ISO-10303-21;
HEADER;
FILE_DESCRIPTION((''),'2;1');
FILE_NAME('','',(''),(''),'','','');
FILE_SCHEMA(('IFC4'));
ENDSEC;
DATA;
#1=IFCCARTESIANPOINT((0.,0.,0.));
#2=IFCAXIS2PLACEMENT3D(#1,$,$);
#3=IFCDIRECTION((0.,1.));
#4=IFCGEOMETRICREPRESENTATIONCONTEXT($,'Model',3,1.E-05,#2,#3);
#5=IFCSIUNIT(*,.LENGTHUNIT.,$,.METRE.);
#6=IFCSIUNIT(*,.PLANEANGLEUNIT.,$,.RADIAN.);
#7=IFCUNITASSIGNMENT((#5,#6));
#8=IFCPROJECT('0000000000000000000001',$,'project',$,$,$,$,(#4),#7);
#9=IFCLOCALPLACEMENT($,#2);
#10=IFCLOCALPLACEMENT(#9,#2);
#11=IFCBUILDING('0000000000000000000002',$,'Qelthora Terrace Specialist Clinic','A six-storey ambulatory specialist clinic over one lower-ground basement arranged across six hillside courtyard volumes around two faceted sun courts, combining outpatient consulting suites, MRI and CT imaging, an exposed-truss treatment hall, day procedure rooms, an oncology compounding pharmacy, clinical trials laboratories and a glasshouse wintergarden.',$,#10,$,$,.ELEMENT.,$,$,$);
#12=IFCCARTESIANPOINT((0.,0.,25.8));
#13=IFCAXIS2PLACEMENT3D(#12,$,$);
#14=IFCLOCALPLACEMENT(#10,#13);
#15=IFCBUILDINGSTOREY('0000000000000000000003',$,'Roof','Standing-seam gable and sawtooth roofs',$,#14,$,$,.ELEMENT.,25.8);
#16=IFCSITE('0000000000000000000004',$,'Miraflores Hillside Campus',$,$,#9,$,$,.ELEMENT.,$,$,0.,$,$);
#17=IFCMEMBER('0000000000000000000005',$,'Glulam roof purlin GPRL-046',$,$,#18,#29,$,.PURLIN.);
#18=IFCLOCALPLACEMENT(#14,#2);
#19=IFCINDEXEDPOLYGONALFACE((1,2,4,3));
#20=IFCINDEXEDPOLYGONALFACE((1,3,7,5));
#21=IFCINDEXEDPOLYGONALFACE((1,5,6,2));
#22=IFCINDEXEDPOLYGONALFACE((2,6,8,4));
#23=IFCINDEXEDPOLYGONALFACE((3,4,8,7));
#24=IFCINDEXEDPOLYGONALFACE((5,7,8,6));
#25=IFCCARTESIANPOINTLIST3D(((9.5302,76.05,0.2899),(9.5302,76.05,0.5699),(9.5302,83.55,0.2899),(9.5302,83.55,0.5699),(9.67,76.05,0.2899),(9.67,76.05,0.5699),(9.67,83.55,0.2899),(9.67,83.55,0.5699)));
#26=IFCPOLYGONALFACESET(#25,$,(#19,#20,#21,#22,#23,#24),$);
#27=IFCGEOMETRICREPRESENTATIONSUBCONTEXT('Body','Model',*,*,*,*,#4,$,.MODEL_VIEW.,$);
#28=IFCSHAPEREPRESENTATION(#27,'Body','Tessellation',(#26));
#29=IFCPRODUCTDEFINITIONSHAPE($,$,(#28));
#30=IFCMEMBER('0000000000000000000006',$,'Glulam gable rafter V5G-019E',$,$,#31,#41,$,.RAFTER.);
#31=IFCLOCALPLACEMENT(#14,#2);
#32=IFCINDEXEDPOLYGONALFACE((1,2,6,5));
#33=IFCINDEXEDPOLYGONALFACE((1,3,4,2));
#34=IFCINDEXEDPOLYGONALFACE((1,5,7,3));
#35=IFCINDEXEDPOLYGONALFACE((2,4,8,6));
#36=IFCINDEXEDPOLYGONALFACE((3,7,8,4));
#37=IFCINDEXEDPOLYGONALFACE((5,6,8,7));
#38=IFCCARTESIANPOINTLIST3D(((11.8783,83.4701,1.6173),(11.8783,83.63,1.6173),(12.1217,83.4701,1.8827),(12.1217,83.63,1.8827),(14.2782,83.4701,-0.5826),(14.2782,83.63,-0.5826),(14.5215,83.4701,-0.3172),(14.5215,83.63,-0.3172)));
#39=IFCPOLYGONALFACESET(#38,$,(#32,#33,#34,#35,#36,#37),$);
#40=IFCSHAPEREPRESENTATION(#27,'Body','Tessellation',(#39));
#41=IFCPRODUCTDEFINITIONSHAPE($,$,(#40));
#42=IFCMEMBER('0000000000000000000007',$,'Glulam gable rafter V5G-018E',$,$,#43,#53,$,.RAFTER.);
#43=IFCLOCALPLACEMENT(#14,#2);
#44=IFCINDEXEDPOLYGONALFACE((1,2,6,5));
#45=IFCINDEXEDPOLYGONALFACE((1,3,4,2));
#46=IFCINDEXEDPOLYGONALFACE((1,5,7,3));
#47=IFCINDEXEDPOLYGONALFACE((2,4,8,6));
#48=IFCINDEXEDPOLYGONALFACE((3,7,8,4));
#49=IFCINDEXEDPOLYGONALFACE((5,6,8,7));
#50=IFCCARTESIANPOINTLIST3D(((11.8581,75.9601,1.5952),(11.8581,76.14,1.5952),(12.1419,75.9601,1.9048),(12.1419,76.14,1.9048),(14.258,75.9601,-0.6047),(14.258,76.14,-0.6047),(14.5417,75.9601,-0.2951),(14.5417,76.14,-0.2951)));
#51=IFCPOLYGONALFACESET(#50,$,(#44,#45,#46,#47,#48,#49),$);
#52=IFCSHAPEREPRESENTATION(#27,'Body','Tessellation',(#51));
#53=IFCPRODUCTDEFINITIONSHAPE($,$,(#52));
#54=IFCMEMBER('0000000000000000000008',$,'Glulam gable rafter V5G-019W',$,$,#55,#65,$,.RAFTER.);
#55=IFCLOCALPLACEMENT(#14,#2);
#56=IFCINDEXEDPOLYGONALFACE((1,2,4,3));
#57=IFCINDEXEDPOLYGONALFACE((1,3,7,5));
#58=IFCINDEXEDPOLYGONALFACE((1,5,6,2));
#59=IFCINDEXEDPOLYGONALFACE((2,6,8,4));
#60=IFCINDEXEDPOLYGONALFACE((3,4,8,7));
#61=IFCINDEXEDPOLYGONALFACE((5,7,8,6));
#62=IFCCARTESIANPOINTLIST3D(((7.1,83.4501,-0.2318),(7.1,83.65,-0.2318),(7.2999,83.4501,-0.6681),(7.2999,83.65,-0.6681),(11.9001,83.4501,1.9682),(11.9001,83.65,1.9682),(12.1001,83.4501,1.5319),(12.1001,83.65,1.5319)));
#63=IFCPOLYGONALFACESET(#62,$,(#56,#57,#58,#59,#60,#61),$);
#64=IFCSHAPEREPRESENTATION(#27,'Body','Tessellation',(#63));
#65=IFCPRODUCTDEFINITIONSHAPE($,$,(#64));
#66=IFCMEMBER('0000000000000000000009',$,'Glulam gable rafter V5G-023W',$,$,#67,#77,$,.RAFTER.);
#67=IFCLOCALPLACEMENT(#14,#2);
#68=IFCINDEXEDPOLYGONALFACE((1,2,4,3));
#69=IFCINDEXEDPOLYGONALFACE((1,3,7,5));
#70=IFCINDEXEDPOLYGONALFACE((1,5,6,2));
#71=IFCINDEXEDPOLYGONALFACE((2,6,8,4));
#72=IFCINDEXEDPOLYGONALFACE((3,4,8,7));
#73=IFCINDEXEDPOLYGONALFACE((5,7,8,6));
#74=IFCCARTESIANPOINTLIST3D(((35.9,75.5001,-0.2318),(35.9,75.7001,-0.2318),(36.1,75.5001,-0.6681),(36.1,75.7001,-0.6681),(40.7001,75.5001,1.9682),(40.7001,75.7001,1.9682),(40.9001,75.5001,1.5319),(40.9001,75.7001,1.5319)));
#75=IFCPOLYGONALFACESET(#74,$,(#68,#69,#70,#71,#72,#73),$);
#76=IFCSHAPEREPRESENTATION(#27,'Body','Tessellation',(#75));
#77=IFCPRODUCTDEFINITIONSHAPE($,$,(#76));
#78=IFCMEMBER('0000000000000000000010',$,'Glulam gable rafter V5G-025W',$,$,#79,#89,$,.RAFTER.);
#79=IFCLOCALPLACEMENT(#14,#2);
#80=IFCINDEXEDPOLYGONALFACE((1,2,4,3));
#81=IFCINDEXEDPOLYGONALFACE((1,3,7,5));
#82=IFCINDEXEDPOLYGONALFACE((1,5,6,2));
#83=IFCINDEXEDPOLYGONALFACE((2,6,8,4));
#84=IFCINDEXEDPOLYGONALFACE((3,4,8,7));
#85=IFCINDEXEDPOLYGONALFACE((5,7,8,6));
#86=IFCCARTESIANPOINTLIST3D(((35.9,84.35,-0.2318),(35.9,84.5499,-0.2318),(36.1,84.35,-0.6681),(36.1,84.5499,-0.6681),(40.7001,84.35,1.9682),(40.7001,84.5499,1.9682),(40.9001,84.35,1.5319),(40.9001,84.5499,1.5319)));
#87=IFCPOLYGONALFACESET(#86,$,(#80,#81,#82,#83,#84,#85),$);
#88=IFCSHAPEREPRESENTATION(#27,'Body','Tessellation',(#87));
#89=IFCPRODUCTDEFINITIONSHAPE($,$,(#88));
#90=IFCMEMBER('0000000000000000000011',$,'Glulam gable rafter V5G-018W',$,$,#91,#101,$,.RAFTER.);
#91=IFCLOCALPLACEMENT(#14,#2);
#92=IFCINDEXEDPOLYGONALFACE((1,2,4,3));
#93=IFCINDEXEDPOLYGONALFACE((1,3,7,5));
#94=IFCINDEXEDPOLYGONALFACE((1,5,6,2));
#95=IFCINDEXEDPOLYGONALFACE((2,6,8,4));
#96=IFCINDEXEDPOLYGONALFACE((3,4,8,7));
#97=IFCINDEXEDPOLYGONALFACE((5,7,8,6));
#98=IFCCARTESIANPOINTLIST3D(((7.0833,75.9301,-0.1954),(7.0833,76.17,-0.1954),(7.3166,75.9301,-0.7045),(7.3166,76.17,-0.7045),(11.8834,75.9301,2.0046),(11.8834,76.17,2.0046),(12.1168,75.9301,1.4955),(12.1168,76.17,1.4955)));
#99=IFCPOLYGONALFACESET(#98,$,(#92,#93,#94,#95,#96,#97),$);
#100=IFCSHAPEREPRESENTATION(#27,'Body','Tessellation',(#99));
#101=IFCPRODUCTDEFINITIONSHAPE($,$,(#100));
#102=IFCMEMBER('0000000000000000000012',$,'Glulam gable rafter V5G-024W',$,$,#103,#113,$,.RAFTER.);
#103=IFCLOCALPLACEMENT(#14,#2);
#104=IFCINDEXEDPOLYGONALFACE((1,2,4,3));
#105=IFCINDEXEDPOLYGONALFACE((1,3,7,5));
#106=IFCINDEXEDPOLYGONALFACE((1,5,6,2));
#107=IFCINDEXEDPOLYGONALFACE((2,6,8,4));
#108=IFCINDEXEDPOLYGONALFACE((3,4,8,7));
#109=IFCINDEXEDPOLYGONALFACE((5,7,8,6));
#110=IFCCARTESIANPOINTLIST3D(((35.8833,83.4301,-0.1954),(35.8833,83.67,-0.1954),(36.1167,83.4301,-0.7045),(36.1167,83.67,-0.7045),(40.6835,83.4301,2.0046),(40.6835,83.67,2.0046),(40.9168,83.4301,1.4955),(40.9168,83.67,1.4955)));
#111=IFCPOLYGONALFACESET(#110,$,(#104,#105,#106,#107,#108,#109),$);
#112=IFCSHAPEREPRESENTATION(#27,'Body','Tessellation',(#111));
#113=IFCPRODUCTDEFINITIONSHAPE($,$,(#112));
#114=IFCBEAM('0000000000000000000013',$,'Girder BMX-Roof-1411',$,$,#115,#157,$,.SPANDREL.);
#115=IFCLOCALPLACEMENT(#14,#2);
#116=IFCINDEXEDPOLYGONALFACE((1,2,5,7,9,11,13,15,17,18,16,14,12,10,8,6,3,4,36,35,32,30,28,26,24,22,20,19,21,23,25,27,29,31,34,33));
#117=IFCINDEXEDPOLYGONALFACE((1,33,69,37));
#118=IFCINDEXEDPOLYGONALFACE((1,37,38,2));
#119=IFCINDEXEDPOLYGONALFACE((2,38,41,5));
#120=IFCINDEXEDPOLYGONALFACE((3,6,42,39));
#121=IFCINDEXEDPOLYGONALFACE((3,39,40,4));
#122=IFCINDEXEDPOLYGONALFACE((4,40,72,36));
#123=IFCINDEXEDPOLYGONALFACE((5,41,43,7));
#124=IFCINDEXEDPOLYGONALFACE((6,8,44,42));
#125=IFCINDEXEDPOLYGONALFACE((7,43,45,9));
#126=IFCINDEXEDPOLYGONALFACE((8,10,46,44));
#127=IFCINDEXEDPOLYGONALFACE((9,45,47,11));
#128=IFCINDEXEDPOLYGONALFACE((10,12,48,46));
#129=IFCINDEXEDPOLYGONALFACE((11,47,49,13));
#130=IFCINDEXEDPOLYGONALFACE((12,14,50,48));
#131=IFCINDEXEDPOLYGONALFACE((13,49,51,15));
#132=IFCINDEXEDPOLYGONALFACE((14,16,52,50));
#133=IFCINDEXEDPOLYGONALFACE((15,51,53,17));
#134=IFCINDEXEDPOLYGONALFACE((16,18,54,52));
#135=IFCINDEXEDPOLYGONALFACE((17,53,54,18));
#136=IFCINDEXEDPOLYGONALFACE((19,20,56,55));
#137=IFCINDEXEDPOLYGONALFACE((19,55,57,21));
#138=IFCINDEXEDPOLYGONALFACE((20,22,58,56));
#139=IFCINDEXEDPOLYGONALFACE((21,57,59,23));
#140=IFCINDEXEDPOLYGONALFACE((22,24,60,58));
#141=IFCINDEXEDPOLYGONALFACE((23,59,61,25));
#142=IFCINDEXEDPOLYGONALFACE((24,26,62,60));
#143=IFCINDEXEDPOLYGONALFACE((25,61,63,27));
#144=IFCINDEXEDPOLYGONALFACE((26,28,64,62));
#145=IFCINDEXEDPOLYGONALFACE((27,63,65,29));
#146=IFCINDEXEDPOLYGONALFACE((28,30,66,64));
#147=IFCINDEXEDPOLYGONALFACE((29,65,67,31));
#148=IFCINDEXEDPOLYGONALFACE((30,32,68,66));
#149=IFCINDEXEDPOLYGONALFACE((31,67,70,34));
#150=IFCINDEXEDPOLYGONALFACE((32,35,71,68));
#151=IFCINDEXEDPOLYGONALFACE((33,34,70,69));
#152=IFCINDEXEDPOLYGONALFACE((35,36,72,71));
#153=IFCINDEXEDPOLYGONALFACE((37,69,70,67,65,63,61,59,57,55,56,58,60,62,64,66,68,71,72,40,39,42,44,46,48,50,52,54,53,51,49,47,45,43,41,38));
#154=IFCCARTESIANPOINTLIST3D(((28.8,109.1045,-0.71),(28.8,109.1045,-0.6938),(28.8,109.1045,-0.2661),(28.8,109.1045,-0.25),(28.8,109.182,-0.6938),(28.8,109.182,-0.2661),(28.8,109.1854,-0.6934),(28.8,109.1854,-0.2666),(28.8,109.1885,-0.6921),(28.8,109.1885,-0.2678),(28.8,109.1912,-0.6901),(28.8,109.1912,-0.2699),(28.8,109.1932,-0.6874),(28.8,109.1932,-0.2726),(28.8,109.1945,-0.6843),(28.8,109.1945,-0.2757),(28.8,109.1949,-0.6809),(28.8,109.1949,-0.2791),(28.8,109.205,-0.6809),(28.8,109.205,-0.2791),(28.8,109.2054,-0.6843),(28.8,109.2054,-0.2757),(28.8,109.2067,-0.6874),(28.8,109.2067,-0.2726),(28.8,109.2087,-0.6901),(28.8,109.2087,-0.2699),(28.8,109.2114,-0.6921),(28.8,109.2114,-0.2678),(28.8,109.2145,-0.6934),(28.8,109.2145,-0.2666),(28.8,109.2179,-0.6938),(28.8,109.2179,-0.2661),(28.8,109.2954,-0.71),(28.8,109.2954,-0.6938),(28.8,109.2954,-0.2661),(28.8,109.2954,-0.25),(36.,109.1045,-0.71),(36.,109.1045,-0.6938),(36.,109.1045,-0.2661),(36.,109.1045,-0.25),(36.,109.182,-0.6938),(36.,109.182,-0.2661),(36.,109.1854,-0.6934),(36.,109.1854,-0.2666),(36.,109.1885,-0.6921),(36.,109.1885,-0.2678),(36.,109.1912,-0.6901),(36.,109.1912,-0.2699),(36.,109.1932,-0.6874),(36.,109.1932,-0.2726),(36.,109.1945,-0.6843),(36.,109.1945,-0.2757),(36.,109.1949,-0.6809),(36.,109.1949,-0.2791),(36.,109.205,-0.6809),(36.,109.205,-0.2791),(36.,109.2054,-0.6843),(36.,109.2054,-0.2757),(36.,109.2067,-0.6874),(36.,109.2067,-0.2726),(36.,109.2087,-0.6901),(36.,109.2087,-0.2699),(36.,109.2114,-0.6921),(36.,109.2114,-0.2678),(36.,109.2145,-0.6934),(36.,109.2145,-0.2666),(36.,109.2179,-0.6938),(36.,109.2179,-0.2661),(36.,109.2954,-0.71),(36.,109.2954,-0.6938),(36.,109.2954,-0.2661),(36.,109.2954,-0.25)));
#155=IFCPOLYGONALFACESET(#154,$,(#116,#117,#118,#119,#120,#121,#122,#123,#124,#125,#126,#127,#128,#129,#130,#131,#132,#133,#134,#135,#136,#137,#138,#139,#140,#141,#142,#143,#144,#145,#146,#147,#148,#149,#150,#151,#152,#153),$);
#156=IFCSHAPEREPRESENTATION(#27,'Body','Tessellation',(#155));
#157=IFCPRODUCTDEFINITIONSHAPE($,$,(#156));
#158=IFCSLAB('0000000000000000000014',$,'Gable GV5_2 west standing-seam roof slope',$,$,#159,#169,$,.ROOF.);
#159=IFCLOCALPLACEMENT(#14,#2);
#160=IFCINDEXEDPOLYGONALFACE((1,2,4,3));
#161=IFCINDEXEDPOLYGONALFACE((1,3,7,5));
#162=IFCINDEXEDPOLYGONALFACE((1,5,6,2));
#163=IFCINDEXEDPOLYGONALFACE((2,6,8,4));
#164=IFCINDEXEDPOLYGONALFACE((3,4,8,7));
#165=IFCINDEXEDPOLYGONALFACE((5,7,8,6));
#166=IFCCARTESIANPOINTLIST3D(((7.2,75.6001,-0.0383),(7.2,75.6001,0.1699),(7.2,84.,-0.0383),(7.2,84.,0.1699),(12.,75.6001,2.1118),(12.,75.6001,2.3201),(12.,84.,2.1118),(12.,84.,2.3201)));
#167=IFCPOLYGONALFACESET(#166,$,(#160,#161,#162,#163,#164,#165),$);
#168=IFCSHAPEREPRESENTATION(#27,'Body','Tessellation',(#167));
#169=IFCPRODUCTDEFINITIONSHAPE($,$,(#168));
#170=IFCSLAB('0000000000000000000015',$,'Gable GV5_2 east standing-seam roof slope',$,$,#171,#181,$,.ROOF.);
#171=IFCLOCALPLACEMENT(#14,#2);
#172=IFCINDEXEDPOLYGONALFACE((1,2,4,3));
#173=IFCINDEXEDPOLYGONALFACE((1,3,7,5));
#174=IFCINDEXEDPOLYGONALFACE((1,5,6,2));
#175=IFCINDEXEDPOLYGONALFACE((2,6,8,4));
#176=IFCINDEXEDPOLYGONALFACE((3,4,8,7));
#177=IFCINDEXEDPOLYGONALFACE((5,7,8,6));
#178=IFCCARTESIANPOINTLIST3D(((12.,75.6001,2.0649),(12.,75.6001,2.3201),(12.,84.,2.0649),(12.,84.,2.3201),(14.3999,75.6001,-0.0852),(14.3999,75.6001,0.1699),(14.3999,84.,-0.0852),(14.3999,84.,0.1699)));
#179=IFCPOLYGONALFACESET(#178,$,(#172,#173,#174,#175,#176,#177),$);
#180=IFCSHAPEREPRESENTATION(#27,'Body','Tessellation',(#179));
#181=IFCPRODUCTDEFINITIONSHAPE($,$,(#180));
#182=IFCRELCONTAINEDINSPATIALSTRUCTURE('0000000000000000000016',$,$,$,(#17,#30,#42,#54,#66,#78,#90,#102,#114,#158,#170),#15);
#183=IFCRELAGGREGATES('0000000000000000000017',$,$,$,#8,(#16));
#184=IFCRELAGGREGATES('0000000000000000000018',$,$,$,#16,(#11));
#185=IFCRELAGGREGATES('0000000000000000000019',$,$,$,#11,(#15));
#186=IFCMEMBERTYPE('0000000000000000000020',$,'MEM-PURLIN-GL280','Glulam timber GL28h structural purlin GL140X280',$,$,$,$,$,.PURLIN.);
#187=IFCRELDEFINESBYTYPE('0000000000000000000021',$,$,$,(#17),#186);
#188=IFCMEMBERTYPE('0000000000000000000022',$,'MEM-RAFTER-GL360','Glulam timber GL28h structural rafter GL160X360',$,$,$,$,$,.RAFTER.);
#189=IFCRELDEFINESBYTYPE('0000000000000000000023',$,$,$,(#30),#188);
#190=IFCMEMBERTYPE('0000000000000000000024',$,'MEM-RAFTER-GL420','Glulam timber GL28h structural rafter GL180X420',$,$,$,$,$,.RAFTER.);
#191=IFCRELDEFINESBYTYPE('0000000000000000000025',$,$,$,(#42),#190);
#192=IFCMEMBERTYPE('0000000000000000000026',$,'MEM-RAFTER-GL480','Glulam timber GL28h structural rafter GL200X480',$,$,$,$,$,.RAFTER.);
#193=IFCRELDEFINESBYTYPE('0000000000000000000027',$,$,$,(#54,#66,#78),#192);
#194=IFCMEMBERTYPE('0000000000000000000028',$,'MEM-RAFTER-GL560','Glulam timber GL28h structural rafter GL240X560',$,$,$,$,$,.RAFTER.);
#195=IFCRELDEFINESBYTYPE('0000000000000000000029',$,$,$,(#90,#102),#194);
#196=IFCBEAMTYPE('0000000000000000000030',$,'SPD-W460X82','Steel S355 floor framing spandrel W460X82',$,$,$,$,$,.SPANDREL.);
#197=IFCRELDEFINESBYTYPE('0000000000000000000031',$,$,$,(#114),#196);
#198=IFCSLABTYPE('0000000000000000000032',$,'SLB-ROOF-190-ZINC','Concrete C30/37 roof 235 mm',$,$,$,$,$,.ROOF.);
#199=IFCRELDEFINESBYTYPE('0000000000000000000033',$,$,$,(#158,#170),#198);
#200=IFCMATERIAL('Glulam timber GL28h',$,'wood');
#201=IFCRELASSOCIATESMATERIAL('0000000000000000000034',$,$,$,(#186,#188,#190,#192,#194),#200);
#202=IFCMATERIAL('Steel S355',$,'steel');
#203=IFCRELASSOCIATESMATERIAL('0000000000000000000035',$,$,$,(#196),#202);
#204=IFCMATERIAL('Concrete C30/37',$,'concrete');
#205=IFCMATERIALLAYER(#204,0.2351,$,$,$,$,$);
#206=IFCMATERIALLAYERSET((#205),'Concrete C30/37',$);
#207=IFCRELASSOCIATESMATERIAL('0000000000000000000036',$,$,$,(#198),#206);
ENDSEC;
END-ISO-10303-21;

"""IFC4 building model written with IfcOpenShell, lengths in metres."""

from ifc_helpers import new_model, si_unit, direction, frame, origin, origin_2d, place, context, subcontext, project, spatial, polyline, rectangle, i_section, outline, extrude, material, layer, layer_set, material_profile, profile_set, type_object, element, save


model = new_model("IFC4")

# Units and contexts
model_context = context("Model", 3, precision=1e-05, world=origin(), true_north=direction((0.0, 1.0)))
body_context = subcontext(model_context, "Body", "Model", "MODEL_VIEW")
ifc_project = project(units=[si_unit("LENGTHUNIT", "METRE"), si_unit("PLANEANGLEUNIT", "RADIAN")], contexts=[model_context])

# Site, building, storey
site_placement = place(None, origin())
site = spatial("IfcSite", under=ifc_project, at=site_placement, Name="Miraflores Hillside Campus", CompositionType="ELEMENT", RefElevation=0.0)
building_placement = place(site_placement, origin())
building = spatial("IfcBuilding", under=site, at=building_placement, Name="Qelthora Terrace Specialist Clinic", Description="A six-storey ambulatory specialist clinic over one lower-ground basement arranged across six hillside courtyard volumes around two faceted sun courts, combining outpatient consulting suites, MRI and CT imaging, an exposed-truss treatment hall, day procedure rooms, an oncology compounding pharmacy, clinical trials laboratories and a glasshouse wintergarden.", CompositionType="ELEMENT")
storey_placement = place(building_placement, frame((0.0, 0.0, 25.8)))
storey = spatial("IfcBuildingStorey", under=building, at=storey_placement, Name="Roof", Description="Standing-seam gable and sawtooth roofs", CompositionType="ELEMENT", Elevation=25.8)

# Shared definitions
ifc_material_1 = material(Name="Steel S355", Category="steel")

# Members
ifc_material_2 = material(Name="Glulam timber GL28h", Category="wood")
ifc_material_profile_1 = material_profile(ifc_material_2, rectangle(XDim=0.1399, YDim=0.28, at=origin_2d()), Name="GL140X280")
ifc_profile_set_1 = profile_set([ifc_material_profile_1], Name="Glulam timber GL28h")
member_type_1 = type_object("IfcMemberType", Name="MEM-PURLIN-GL280", Description="Glulam timber GL28h structural purlin GL140X280", PredefinedType="PURLIN", material=ifc_profile_set_1)
for number, where, z_axis, x_axis, name in (
    (1, (9.6001, 76.05, 0.4299), (0.0, 1.0, 0.0), (-1.0, 0.0, 0.0), "Glulam roof purlin GPRL-046"),
):
    element("IfcMember", number, at=place(storey_placement, frame(where, z_axis=z_axis, x_axis=x_axis)), inside=storey, type_object=member_type_1, Name=name, PredefinedType="PURLIN", context=body_context, shape_type="SweptSolid", body=[
        extrude(rectangle(XDim=0.1399, YDim=0.28, at=origin_2d()), origin(), (0.0, 0.0, 1.0), 7.5),
    ])
ifc_material_profile_2 = material_profile(ifc_material_2, rectangle(XDim=0.1599, YDim=0.3601, at=origin_2d()), Name="GL160X360")
ifc_profile_set_2 = profile_set([ifc_material_profile_2], Name="Glulam timber GL28h")
member_type_2 = type_object("IfcMemberType", Name="MEM-RAFTER-GL360", Description="Glulam timber GL28h structural rafter GL160X360", PredefinedType="RAFTER", material=ifc_profile_set_2)
member_1_placement = place(storey_placement, frame((12.0, 83.55, 1.75), z_axis=(0.737148, 0.0, -0.675731), x_axis=(0.0, 1.0, 0.0)))
element("IfcMember", 2, at=member_1_placement, inside=storey, type_object=member_type_2, Name="Glulam gable rafter V5G-019E", PredefinedType="RAFTER", context=body_context, shape_type="SweptSolid", body=[
    extrude(rectangle(XDim=0.1599, YDim=0.3601, at=origin_2d()), origin(), (0.0, 0.0, 1.0), 3.2556),
])
ifc_material_profile_3 = material_profile(ifc_material_2, rectangle(XDim=0.1799, YDim=0.4199, at=origin_2d()), Name="GL180X420")
ifc_profile_set_3 = profile_set([ifc_material_profile_3], Name="Glulam timber GL28h")
member_type_3 = type_object("IfcMemberType", Name="MEM-RAFTER-GL420", Description="Glulam timber GL28h structural rafter GL180X420", PredefinedType="RAFTER", material=ifc_profile_set_3)
member_2_placement = place(storey_placement, frame((12.0, 76.05, 1.75), z_axis=(0.737148, 0.0, -0.675731), x_axis=(0.0, 1.0, 0.0)))
element("IfcMember", 3, at=member_2_placement, inside=storey, type_object=member_type_3, Name="Glulam gable rafter V5G-018E", PredefinedType="RAFTER", context=body_context, shape_type="SweptSolid", body=[
    extrude(rectangle(XDim=0.1799, YDim=0.4199, at=origin_2d()), origin(), (0.0, 0.0, 1.0), 3.2556),
])
ifc_material_profile_4 = material_profile(ifc_material_2, rectangle(XDim=0.2, YDim=0.48, at=origin_2d()), Name="GL200X480")
ifc_profile_set_4 = profile_set([ifc_material_profile_4], Name="Glulam timber GL28h")
member_type_4 = type_object("IfcMemberType", Name="MEM-RAFTER-GL480", Description="Glulam timber GL28h structural rafter GL200X480", PredefinedType="RAFTER", material=ifc_profile_set_4)
for number, where, z_axis, x_axis, name in (
    (4, (7.2, 83.55, -0.45), (0.90907, 0.0, 0.416644), (0.0, 1.0, 0.0), "Glulam gable rafter V5G-019W"),
    (5, (36.0, 75.6001, -0.45), (0.90907, 0.0, 0.416644), (0.0, 1.0, 0.0), "Glulam gable rafter V5G-023W"),
    (6, (36.0, 84.45, -0.45), (0.90907, 0.0, 0.416644), (0.0, 1.0, 0.0), "Glulam gable rafter V5G-025W"),
):
    element("IfcMember", number, at=place(storey_placement, frame(where, z_axis=z_axis, x_axis=x_axis)), inside=storey, type_object=member_type_4, Name=name, PredefinedType="RAFTER", context=body_context, shape_type="SweptSolid", body=[
        extrude(rectangle(XDim=0.2, YDim=0.48, at=origin_2d()), origin(), (0.0, 0.0, 1.0), 5.2803),
    ])
ifc_material_profile_5 = material_profile(ifc_material_2, rectangle(XDim=0.24, YDim=0.5601, at=origin_2d()), Name="GL240X560")
ifc_profile_set_5 = profile_set([ifc_material_profile_5], Name="Glulam timber GL28h")
member_type_5 = type_object("IfcMemberType", Name="MEM-RAFTER-GL560", Description="Glulam timber GL28h structural rafter GL240X560", PredefinedType="RAFTER", material=ifc_profile_set_5)
for number, where, z_axis, x_axis, name in (
    (7, (7.2, 76.05, -0.45), (0.90907, 0.0, 0.416644), (0.0, 1.0, 0.0), "Glulam gable rafter V5G-018W"),
    (8, (36.0, 83.55, -0.45), (0.90907, 0.0, 0.416644), (0.0, 1.0, 0.0), "Glulam gable rafter V5G-024W"),
):
    element("IfcMember", number, at=place(storey_placement, frame(where, z_axis=z_axis, x_axis=x_axis)), inside=storey, type_object=member_type_5, Name=name, PredefinedType="RAFTER", context=body_context, shape_type="SweptSolid", body=[
        extrude(rectangle(XDim=0.24, YDim=0.5601, at=origin_2d()), origin(), (0.0, 0.0, 1.0), 5.2803),
    ])

# Beam
ifc_material_profile_6 = material_profile(ifc_material_1, i_section(OverallWidth=0.1909, OverallDepth=0.46, WebThickness=0.01, FlangeThickness=0.0161, FilletRadius=0.0129, at=origin_2d()), Name="W460X82")
ifc_profile_set_6 = profile_set([ifc_material_profile_6], Name="Steel S355")
beam_type_1 = type_object("IfcBeamType", Name="SPD-W460X82", Description="Steel S355 floor framing spandrel W460X82", PredefinedType="SPANDREL", material=ifc_profile_set_6)
beam_1_placement = place(storey_placement, frame((28.8, 109.2, -0.48), z_axis=(1.0, 0.0, 0.0), x_axis=(0.0, 1.0, 0.0)))
element("IfcBeam", 9, at=beam_1_placement, inside=storey, type_object=beam_type_1, Name="Girder BMX-Roof-1411", PredefinedType="SPANDREL", context=body_context, shape_type="SweptSolid", body=[
    extrude(i_section(OverallWidth=0.1909, OverallDepth=0.46, WebThickness=0.01, FlangeThickness=0.0161, FilletRadius=0.0129, at=origin_2d()), origin(), (0.0, 0.0, 1.0), 7.2),
])

# Slabs
ifc_material_3 = material(Name="Concrete C30/37", Category="concrete")
ifc_layer_1 = layer(ifc_material_3, 0.2351)
ifc_layer_set_1 = layer_set([ifc_layer_1], Name="Concrete C30/37")
slab_type = type_object("IfcSlabType", Name="SLB-ROOF-190-ZINC", Description="Concrete C30/37 roof 235 mm", PredefinedType="ROOF", material=ifc_layer_set_1)
slab_1_placement = place(storey_placement, frame((7.2, 75.6001, -0.0383), z_axis=(-0.408803, 0.0, 0.912623), x_axis=(0.912623, 0.0, 0.408803)))
element("IfcSlab", 10, at=slab_1_placement, inside=storey, type_object=slab_type, Name="Gable GV5_2 west standing-seam roof slope", PredefinedType="ROOF", context=body_context, shape_type="SweptSolid", body=[
    extrude(outline(polyline([(0.0, 0.0), (5.2596, 0.0), (5.2596, 8.3999), (0.0, 8.3999), (0.0, 0.0)])), origin(), (0.408803, 0.0, 0.912623), 0.2083),
])
slab_2_placement = place(storey_placement, frame((12.0, 75.6001, 2.0649), z_axis=(0.667289, 0.0, 0.744799), x_axis=(0.744799, 0.0, -0.667289)))
element("IfcSlab", 11, at=slab_2_placement, inside=storey, type_object=slab_type, Name="Gable GV5_2 east standing-seam roof slope", PredefinedType="ROOF", context=body_context, shape_type="SweptSolid", body=[
    extrude(outline(polyline([(0.0, 0.0), (3.2222, 0.0), (3.2222, 8.3999), (0.0, 8.3999), (0.0, 0.0)])), origin(), (-0.667289, 0.0, 0.744799), 0.2551),
])

save(model, "model.ifc")
